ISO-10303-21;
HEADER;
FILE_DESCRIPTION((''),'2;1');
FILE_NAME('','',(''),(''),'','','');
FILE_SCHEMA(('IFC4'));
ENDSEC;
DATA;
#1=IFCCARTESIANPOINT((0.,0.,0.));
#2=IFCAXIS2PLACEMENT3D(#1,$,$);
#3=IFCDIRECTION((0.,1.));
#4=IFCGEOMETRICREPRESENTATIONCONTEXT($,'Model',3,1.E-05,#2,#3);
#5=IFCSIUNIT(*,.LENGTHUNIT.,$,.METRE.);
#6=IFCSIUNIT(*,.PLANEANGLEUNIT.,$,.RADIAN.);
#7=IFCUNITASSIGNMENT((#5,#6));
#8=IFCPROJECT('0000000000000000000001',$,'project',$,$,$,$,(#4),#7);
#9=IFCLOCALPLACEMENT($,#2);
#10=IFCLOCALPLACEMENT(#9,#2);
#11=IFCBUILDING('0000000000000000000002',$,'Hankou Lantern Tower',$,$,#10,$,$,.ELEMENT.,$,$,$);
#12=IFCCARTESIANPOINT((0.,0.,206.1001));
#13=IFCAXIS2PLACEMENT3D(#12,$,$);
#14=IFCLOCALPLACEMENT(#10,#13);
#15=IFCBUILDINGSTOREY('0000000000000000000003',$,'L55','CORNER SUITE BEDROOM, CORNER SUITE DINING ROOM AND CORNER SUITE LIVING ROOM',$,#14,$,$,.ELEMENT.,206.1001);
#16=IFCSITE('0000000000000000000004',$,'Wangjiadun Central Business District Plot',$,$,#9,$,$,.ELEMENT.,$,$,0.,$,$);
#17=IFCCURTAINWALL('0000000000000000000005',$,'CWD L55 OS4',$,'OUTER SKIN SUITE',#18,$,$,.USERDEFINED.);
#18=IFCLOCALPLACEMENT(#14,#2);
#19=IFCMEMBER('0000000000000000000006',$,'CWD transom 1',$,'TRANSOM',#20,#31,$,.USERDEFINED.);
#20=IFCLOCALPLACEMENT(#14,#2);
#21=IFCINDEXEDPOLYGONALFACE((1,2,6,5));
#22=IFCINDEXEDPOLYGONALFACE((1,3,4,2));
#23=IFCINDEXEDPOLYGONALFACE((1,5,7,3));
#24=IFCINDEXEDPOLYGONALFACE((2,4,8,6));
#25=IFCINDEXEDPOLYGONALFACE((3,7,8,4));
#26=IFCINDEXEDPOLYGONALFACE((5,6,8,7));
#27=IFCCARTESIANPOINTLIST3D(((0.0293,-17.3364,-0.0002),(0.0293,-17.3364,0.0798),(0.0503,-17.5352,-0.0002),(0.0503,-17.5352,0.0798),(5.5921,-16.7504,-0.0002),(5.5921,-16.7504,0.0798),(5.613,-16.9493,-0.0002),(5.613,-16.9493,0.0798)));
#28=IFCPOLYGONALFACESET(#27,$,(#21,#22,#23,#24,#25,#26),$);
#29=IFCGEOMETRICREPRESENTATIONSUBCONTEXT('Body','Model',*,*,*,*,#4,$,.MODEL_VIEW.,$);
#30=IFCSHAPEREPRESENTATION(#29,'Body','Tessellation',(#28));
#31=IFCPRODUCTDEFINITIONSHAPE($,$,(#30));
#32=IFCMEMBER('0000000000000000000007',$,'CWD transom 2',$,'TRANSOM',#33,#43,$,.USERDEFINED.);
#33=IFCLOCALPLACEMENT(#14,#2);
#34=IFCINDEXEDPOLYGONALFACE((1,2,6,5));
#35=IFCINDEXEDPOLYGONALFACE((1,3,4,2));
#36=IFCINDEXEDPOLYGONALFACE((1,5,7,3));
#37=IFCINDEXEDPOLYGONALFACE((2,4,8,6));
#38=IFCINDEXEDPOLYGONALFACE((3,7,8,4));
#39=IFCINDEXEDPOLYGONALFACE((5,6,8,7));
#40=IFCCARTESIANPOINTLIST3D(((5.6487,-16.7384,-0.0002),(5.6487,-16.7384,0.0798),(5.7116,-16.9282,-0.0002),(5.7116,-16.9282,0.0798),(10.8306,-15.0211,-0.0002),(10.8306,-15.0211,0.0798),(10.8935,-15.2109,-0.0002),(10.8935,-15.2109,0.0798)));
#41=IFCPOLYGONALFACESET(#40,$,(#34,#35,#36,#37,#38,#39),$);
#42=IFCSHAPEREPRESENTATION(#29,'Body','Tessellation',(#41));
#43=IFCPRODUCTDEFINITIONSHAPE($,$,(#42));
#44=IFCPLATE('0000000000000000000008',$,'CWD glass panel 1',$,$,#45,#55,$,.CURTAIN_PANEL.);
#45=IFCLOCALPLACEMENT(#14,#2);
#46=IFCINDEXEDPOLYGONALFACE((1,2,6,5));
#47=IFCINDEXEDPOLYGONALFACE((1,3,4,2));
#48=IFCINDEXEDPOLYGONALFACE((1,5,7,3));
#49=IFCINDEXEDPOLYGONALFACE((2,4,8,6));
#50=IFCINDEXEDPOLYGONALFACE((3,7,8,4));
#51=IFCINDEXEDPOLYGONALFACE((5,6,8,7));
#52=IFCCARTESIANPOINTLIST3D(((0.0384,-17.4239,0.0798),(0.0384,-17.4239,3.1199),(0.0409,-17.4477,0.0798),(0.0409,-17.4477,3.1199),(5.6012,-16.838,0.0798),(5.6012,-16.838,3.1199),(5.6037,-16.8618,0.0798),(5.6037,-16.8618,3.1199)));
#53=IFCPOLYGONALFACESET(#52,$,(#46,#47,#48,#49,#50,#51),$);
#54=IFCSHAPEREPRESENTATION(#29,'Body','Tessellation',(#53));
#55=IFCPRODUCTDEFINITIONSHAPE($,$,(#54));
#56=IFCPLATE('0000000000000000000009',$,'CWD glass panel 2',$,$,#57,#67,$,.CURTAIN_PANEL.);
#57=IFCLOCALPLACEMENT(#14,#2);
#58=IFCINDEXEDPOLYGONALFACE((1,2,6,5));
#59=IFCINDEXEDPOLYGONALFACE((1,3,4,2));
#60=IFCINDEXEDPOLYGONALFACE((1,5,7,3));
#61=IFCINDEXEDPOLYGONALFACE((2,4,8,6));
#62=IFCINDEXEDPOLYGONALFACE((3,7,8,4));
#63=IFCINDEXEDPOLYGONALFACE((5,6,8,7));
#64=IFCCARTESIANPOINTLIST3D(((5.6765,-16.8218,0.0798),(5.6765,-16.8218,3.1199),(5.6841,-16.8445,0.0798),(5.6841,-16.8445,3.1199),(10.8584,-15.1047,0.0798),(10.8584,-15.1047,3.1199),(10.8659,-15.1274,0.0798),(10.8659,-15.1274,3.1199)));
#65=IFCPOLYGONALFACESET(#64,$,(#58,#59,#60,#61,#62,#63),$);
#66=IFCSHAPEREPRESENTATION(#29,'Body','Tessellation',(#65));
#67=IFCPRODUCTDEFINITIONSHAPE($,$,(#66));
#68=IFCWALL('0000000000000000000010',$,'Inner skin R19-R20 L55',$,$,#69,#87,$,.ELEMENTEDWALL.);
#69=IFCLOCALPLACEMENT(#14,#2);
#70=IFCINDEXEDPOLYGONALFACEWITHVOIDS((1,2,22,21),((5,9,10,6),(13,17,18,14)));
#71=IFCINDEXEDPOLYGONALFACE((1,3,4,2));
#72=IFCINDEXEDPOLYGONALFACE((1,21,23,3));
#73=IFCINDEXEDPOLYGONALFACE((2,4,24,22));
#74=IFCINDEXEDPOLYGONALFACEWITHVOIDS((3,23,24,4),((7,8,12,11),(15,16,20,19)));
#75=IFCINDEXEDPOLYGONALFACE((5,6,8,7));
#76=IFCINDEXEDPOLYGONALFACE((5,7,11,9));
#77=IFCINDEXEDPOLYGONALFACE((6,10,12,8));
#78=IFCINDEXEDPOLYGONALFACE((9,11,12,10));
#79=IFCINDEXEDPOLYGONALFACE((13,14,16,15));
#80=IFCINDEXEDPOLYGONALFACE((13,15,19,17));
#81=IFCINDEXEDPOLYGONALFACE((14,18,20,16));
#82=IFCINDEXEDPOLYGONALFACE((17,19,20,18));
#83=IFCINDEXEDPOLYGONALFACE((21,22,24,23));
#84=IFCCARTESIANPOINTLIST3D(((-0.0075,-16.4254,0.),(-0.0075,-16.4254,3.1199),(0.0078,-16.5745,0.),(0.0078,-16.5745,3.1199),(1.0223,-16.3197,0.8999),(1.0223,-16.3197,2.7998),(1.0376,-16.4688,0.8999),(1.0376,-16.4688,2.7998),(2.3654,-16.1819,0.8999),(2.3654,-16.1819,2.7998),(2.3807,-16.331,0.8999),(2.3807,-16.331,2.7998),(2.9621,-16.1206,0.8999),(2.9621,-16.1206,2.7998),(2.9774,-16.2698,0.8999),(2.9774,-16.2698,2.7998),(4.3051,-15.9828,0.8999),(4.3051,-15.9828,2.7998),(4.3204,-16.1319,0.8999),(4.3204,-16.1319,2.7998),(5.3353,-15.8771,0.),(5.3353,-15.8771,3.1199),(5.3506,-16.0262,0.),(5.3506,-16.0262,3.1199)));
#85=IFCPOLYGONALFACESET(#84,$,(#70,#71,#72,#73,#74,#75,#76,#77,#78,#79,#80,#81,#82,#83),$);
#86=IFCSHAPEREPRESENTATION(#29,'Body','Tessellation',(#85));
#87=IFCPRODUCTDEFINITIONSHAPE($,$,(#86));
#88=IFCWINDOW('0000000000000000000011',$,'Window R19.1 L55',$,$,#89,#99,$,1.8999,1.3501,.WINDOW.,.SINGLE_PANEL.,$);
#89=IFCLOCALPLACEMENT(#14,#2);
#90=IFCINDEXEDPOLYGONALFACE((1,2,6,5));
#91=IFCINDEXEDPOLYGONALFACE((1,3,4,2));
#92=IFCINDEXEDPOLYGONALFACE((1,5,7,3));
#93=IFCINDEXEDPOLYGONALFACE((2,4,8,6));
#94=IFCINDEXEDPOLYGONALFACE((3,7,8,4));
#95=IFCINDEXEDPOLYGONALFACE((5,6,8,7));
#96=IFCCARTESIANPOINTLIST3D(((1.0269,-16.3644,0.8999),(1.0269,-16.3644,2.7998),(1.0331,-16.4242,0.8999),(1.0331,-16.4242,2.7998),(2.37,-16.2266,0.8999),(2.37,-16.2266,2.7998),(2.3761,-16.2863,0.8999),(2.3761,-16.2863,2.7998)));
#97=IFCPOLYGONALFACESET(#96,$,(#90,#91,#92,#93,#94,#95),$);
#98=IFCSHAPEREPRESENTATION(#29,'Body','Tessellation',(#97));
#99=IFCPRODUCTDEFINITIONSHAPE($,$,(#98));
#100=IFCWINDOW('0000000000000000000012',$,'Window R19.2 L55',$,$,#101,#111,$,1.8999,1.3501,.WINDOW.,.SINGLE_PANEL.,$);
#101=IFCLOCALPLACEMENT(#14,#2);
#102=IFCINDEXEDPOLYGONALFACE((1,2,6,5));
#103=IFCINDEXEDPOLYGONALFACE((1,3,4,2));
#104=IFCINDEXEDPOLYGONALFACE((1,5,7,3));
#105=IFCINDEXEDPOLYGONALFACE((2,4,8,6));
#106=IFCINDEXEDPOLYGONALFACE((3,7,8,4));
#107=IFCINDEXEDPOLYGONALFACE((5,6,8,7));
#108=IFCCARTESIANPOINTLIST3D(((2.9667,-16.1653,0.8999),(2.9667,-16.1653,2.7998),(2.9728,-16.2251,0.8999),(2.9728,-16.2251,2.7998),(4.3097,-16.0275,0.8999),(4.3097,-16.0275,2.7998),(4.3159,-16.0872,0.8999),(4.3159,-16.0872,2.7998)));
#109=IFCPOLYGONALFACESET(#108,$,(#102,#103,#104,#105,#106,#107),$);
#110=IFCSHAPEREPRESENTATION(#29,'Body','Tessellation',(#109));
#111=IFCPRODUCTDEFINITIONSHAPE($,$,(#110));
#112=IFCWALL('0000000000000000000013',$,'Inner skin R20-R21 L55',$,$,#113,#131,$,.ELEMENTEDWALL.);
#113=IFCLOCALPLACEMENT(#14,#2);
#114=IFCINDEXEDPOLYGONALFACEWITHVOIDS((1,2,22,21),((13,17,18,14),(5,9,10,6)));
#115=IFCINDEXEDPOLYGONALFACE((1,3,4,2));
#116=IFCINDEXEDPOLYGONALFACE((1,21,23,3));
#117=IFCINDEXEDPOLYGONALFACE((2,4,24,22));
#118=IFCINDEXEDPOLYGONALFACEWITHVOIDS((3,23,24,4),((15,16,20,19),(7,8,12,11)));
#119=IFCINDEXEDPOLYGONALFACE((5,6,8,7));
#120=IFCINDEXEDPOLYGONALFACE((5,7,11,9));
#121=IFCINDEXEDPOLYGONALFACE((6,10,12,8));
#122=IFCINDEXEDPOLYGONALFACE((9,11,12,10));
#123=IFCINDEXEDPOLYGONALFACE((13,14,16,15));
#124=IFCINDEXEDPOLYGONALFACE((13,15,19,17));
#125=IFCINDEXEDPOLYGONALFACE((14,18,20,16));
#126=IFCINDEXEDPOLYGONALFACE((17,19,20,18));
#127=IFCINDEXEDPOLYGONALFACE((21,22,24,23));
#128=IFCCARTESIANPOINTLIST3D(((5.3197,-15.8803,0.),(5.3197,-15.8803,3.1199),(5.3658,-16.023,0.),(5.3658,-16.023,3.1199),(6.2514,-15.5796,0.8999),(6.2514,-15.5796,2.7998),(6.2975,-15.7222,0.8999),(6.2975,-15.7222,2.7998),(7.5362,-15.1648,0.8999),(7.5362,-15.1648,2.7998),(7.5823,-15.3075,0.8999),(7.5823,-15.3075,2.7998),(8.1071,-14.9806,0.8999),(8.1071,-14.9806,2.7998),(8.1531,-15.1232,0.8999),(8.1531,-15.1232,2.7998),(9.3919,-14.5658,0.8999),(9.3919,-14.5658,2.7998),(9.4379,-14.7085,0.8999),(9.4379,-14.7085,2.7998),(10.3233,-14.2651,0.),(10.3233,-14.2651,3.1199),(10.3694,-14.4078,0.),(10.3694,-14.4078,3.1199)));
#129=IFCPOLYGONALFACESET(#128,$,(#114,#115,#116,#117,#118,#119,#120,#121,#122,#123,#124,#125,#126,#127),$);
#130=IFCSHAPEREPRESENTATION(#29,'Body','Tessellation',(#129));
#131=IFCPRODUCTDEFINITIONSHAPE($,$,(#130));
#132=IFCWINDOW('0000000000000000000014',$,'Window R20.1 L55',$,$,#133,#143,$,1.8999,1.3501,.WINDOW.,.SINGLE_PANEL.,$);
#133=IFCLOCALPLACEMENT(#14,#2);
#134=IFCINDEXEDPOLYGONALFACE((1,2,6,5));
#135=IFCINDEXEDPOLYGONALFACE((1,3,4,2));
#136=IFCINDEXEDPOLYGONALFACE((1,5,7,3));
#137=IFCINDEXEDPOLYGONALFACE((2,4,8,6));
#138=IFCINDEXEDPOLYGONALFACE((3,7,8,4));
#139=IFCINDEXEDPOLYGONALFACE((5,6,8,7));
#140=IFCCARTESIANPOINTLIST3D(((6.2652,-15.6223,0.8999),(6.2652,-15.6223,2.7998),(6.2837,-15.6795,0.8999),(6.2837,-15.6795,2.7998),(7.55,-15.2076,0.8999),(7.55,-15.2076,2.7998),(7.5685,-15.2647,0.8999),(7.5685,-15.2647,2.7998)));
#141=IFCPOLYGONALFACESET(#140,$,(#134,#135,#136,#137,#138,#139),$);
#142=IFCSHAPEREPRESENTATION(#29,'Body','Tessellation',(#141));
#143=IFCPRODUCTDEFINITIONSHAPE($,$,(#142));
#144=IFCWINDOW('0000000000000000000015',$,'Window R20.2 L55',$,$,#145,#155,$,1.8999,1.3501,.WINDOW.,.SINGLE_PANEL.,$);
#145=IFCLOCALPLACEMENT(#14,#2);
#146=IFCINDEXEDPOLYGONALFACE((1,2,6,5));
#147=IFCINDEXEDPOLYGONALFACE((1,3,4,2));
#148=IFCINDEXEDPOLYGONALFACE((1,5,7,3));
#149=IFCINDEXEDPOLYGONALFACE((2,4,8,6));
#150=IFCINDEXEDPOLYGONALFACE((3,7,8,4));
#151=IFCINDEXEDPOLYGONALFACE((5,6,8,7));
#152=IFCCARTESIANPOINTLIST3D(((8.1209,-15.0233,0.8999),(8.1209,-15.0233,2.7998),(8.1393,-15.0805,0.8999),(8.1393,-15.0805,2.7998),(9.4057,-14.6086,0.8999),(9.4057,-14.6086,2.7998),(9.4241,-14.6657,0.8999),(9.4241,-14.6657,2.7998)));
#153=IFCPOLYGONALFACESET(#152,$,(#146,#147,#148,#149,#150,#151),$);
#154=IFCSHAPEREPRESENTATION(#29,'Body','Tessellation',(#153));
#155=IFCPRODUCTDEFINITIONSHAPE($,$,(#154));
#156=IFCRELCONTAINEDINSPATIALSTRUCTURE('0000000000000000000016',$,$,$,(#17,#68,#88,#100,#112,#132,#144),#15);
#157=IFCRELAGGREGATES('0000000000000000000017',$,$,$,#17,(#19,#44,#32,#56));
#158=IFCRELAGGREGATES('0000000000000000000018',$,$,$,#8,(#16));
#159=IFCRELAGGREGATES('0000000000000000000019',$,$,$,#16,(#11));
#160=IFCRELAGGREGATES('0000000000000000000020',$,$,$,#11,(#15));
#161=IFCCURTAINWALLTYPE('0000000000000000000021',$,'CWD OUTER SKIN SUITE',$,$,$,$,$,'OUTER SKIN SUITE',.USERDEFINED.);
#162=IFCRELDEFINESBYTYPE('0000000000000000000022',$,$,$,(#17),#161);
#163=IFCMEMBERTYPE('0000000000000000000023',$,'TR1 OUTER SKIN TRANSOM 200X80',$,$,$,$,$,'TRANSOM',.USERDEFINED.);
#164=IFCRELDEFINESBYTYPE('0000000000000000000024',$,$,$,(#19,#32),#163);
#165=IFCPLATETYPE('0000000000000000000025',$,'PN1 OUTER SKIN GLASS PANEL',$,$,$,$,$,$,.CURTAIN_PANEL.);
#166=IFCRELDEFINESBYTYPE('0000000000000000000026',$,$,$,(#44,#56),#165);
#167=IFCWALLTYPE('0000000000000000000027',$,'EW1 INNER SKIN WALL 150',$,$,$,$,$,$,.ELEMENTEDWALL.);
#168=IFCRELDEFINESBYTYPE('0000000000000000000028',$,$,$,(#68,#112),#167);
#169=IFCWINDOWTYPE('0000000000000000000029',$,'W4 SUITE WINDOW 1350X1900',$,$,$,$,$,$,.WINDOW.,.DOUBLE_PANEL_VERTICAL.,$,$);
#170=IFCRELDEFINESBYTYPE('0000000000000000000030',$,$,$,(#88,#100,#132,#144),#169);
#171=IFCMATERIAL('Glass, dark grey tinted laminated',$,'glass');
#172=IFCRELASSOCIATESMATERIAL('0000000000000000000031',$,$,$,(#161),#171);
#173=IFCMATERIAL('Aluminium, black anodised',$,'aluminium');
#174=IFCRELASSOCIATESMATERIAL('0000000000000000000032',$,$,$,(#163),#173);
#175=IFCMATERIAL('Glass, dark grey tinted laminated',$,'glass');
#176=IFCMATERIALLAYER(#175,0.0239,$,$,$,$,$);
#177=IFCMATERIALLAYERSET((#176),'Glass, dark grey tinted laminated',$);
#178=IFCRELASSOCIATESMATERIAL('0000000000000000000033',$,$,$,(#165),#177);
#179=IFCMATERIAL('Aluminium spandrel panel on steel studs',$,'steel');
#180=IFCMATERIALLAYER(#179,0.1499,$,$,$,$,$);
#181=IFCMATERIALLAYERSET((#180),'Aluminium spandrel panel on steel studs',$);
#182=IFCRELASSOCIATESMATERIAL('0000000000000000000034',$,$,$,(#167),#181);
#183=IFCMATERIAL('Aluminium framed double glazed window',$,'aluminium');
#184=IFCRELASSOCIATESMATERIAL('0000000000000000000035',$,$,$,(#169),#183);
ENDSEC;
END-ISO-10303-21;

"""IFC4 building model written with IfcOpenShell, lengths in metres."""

from ifc_helpers import new_model, si_unit, direction, frame, frame_2d, origin, origin_2d, place, context, subcontext, project, spatial, rectangle, extrude, material, layer, layer_set, material_profile, profile_set, type_object, element, fill, aggregate, save


model = new_model("IFC4")

# Units and contexts
model_context = context("Model", 3, precision=1e-05, world=origin(), true_north=direction((0.0, 1.0)))
body_context = subcontext(model_context, "Body", "Model", "MODEL_VIEW")
ifc_project = project(units=[si_unit("LENGTHUNIT", "METRE"), si_unit("PLANEANGLEUNIT", "RADIAN")], contexts=[model_context])

# Site, building, storey
site_placement = place(None, origin())
site = spatial("IfcSite", under=ifc_project, at=site_placement, Name="Wangjiadun Central Business District Plot", CompositionType="ELEMENT", RefElevation=0.0)
building_placement = place(site_placement, origin())
building = spatial("IfcBuilding", under=site, at=building_placement, Name="Hankou Lantern Tower", CompositionType="ELEMENT")
storey_placement = place(building_placement, frame((0.0, 0.0, 206.1001)))
storey = spatial("IfcBuildingStorey", under=building, at=storey_placement, Name="L55", Description="CORNER SUITE BEDROOM, CORNER SUITE DINING ROOM AND CORNER SUITE LIVING ROOM", CompositionType="ELEMENT", Elevation=206.1001)

# Curtain wall
ifc_material_1 = material(Name="Glass, dark grey tinted laminated", Category="glass")
curtain_wall_type = type_object("IfcCurtainWallType", Name="CWD OUTER SKIN SUITE", ElementType="OUTER SKIN SUITE", PredefinedType="USERDEFINED", material=ifc_material_1)
curtain_wall_placement = place(storey_placement, origin())
curtain_wall = element("IfcCurtainWall", 1, at=curtain_wall_placement, inside=storey, type_object=curtain_wall_type, Name="CWD L55 OS4", ObjectType="OUTER SKIN SUITE", PredefinedType="USERDEFINED")

# Members
ifc_material_2 = material(Name="Aluminium, black anodised", Category="aluminium")
ifc_material_profile_1 = material_profile(ifc_material_2, rectangle(XDim=0.2, YDim=0.0801, at=origin_2d()), Name="TR1 200X80")
ifc_profile_set_1 = profile_set([ifc_material_profile_1], Name="Aluminium, black anodised")
member_type_1 = type_object("IfcMemberType", Name="TR1 OUTER SKIN TRANSOM 200X80", ElementType="TRANSOM", PredefinedType="USERDEFINED", material=ifc_profile_set_1)
member_1_placement = place(storey_placement, frame((0.0398, -17.4358, 0.0398), z_axis=(0.994498, 0.104753, 0.0), x_axis=(-0.104753, 0.994498, 0.0)))
member_1 = element("IfcMember", 2, at=member_1_placement, type_object=member_type_1, Name="CWD transom 1", ObjectType="TRANSOM", PredefinedType="USERDEFINED", context=body_context, shape_type="SweptSolid", body=[
    extrude(rectangle(XDim=0.2, YDim=0.0801, at=origin_2d()), origin(), (0.0, 0.0, 1.0), 5.5935),
])
member_2_placement = place(storey_placement, frame((5.6802, -16.8333, 0.0398), z_axis=(0.949232, 0.314577, 0.0), x_axis=(-0.314577, 0.949232, 0.0)))
member_2 = element("IfcMember", 3, at=member_2_placement, type_object=member_type_1, Name="CWD transom 2", ObjectType="TRANSOM", PredefinedType="USERDEFINED", context=body_context, shape_type="SweptSolid", body=[
    extrude(rectangle(XDim=0.2, YDim=0.0801, at=origin_2d()), origin(), (0.0, 0.0, 1.0), 5.459),
])

# Plates
ifc_material_3 = material(Name="Glass, dark grey tinted laminated", Category="glass")
ifc_layer_1 = layer(ifc_material_3, 0.0239)
ifc_layer_set_1 = layer_set([ifc_layer_1], Name="Glass, dark grey tinted laminated")
plate_type = type_object("IfcPlateType", Name="PN1 OUTER SKIN GLASS PANEL", PredefinedType="CURTAIN_PANEL", material=ifc_layer_set_1)
plate_1_placement = place(storey_placement, frame((2.821, -17.1428, 0.0798), z_axis=(0.0, 0.0, 1.0), x_axis=(0.994499, 0.104743, 0.0)))
plate_1 = element("IfcPlate", 4, at=plate_1_placement, type_object=plate_type, Name="CWD glass panel 1", PredefinedType="CURTAIN_PANEL", context=body_context, shape_type="SweptSolid", body=[
    extrude(rectangle(XDim=5.5935, YDim=0.0239, at=origin_2d()), origin(), (0.0, 0.0, 1.0), 3.04),
])
plate_2_placement = place(storey_placement, frame((8.2712, -15.9746, 0.0798), z_axis=(0.0, 0.0, 1.0), x_axis=(0.949241, 0.314551, 0.0)))
plate_2 = element("IfcPlate", 5, at=plate_2_placement, type_object=plate_type, Name="CWD glass panel 2", PredefinedType="CURTAIN_PANEL", context=body_context, shape_type="SweptSolid", body=[
    extrude(rectangle(XDim=5.459, YDim=0.0239, at=origin_2d()), origin(), (0.0, 0.0, 1.0), 3.04),
])
aggregate(curtain_wall, [member_1, plate_1, member_2, plate_2])

# Walls, openings, windows
ifc_material_4 = material(Name="Aluminium spandrel panel on steel studs", Category="steel")
ifc_layer_2 = layer(ifc_material_4, 0.1499)
ifc_layer_set_2 = layer_set([ifc_layer_2], Name="Aluminium spandrel panel on steel studs")
wall_type_1 = type_object("IfcWallType", Name="EW1 INNER SKIN WALL 150", PredefinedType="ELEMENTEDWALL", material=ifc_layer_set_2)
wall_1_placement = place(storey_placement, frame((0.0, -16.5, 0.0), z_axis=(0.0, 0.0, 1.0), x_axis=(0.994775, 0.102096, 0.0)))
wall_1 = element("IfcWall", 6, at=wall_1_placement, inside=storey, type_object=wall_type_1, Name="Inner skin R19-R20 L55", PredefinedType="ELEMENTEDWALL", context=body_context, shape_type="SweptSolid", body=[
    extrude(rectangle(XDim=5.3708, YDim=0.1499, at=frame_2d((2.6855, 0.0))), origin(), (0.0, 0.0, 1.0), 3.1199),
])
opening_1_placement = place(wall_1_placement, frame((1.0354, 0.0, 0.8999)))
opening_1 = element("IfcOpeningElement", 7, at=opening_1_placement, cuts=wall_1, PredefinedType="OPENING", context=body_context, shape_type="SweptSolid", body=[
    extrude(rectangle(XDim=1.3501, YDim=1.8999, at=frame_2d((0.675, 0.95))), frame((0.0, 0.085, 0.0), z_axis=(0.0, -1.0, 0.0), x_axis=(1.0, 0.0, 0.0)), (0.0, 0.0, 1.0), 0.1699),
])
opening_2_placement = place(wall_1_placement, frame((2.9854, 0.0, 0.8999)))
opening_2 = element("IfcOpeningElement", 8, at=opening_2_placement, cuts=wall_1, PredefinedType="OPENING", context=body_context, shape_type="SweptSolid", body=[
    extrude(rectangle(XDim=1.3501, YDim=1.8999, at=frame_2d((0.675, 0.95))), frame((0.0, 0.085, 0.0), z_axis=(0.0, -1.0, 0.0), x_axis=(1.0, 0.0, 0.0)), (0.0, 0.0, 1.0), 0.1699),
])
ifc_material_5 = material(Name="Aluminium framed double glazed window", Category="aluminium")
window_type = type_object("IfcWindowType", Name="W4 SUITE WINDOW 1350X1900", PartitioningType="DOUBLE_PANEL_VERTICAL", PredefinedType="WINDOW", material=ifc_material_5)
window_1_placement = place(opening_1_placement, origin())
window_1 = element("IfcWindow", 9, at=window_1_placement, inside=storey, type_object=window_type, Name="Window R19.1 L55", OverallHeight=1.8999, OverallWidth=1.3501, PartitioningType="SINGLE_PANEL", PredefinedType="WINDOW", context=body_context, shape_type="SweptSolid", body=[
    extrude(rectangle(XDim=1.3501, YDim=1.8999, at=frame_2d((0.675, 0.95))), frame((0.0, 0.03, 0.0), z_axis=(0.0, -1.0, 0.0), x_axis=(1.0, 0.0, 0.0)), (0.0, 0.0, 1.0), 0.0601),
])
fill(opening_1, window_1)
window_2_placement = place(opening_2_placement, origin())
window_2 = element("IfcWindow", 10, at=window_2_placement, inside=storey, type_object=window_type, Name="Window R19.2 L55", OverallHeight=1.8999, OverallWidth=1.3501, PartitioningType="SINGLE_PANEL", PredefinedType="WINDOW", context=body_context, shape_type="SweptSolid", body=[
    extrude(rectangle(XDim=1.3501, YDim=1.8999, at=frame_2d((0.675, 0.95))), frame((0.0, 0.03, 0.0), z_axis=(0.0, -1.0, 0.0), x_axis=(1.0, 0.0, 0.0)), (0.0, 0.0, 1.0), 0.0601),
])
fill(opening_2, window_2)
wall_2_placement = place(storey_placement, frame((5.3428, -15.9517, 0.0), z_axis=(0.0, 0.0, 1.0), x_axis=(0.951645, 0.307201, 0.0)))
wall_2 = element("IfcWall", 11, at=wall_2_placement, inside=storey, type_object=wall_type_1, Name="Inner skin R20-R21 L55", PredefinedType="ELEMENTEDWALL", context=body_context, shape_type="SweptSolid", body=[
    extrude(rectangle(XDim=5.2578, YDim=0.1499, at=frame_2d((2.6289, 0.0))), origin(), (0.0, 0.0, 1.0), 3.1199),
])
opening_3_placement = place(wall_2_placement, frame((0.979, 0.0, 0.8999)))
opening_3 = element("IfcOpeningElement", 12, at=opening_3_placement, cuts=wall_2, PredefinedType="OPENING", context=body_context, shape_type="SweptSolid", body=[
    extrude(rectangle(XDim=1.3501, YDim=1.8999, at=frame_2d((0.675, 0.95))), frame((0.0, 0.085, 0.0), z_axis=(0.0, -1.0, 0.0), x_axis=(1.0, 0.0, 0.0)), (0.0, 0.0, 1.0), 0.1699),
])
opening_4_placement = place(wall_2_placement, frame((2.929, 0.0, 0.8999)))
opening_4 = element("IfcOpeningElement", 13, at=opening_4_placement, cuts=wall_2, PredefinedType="OPENING", context=body_context, shape_type="SweptSolid", body=[
    extrude(rectangle(XDim=1.3501, YDim=1.8999, at=frame_2d((0.675, 0.95))), frame((0.0, 0.085, 0.0), z_axis=(0.0, -1.0, 0.0), x_axis=(1.0, 0.0, 0.0)), (0.0, 0.0, 1.0), 0.1699),
])
window_3_placement = place(opening_3_placement, origin())
window_3 = element("IfcWindow", 14, at=window_3_placement, inside=storey, type_object=window_type, Name="Window R20.1 L55", OverallHeight=1.8999, OverallWidth=1.3501, PartitioningType="SINGLE_PANEL", PredefinedType="WINDOW", context=body_context, shape_type="SweptSolid", body=[
    extrude(rectangle(XDim=1.3501, YDim=1.8999, at=frame_2d((0.675, 0.95))), frame((0.0, 0.03, 0.0), z_axis=(0.0, -1.0, 0.0), x_axis=(1.0, 0.0, 0.0)), (0.0, 0.0, 1.0), 0.0601),
])
fill(opening_3, window_3)
window_4_placement = place(opening_4_placement, origin())
window_4 = element("IfcWindow", 15, at=window_4_placement, inside=storey, type_object=window_type, Name="Window R20.2 L55", OverallHeight=1.8999, OverallWidth=1.3501, PartitioningType="SINGLE_PANEL", PredefinedType="WINDOW", context=body_context, shape_type="SweptSolid", body=[
    extrude(rectangle(XDim=1.3501, YDim=1.8999, at=frame_2d((0.675, 0.95))), frame((0.0, 0.03, 0.0), z_axis=(0.0, -1.0, 0.0), x_axis=(1.0, 0.0, 0.0)), (0.0, 0.0, 1.0), 0.0601),
])
fill(opening_4, window_4)

save(model, "model.ifc")
